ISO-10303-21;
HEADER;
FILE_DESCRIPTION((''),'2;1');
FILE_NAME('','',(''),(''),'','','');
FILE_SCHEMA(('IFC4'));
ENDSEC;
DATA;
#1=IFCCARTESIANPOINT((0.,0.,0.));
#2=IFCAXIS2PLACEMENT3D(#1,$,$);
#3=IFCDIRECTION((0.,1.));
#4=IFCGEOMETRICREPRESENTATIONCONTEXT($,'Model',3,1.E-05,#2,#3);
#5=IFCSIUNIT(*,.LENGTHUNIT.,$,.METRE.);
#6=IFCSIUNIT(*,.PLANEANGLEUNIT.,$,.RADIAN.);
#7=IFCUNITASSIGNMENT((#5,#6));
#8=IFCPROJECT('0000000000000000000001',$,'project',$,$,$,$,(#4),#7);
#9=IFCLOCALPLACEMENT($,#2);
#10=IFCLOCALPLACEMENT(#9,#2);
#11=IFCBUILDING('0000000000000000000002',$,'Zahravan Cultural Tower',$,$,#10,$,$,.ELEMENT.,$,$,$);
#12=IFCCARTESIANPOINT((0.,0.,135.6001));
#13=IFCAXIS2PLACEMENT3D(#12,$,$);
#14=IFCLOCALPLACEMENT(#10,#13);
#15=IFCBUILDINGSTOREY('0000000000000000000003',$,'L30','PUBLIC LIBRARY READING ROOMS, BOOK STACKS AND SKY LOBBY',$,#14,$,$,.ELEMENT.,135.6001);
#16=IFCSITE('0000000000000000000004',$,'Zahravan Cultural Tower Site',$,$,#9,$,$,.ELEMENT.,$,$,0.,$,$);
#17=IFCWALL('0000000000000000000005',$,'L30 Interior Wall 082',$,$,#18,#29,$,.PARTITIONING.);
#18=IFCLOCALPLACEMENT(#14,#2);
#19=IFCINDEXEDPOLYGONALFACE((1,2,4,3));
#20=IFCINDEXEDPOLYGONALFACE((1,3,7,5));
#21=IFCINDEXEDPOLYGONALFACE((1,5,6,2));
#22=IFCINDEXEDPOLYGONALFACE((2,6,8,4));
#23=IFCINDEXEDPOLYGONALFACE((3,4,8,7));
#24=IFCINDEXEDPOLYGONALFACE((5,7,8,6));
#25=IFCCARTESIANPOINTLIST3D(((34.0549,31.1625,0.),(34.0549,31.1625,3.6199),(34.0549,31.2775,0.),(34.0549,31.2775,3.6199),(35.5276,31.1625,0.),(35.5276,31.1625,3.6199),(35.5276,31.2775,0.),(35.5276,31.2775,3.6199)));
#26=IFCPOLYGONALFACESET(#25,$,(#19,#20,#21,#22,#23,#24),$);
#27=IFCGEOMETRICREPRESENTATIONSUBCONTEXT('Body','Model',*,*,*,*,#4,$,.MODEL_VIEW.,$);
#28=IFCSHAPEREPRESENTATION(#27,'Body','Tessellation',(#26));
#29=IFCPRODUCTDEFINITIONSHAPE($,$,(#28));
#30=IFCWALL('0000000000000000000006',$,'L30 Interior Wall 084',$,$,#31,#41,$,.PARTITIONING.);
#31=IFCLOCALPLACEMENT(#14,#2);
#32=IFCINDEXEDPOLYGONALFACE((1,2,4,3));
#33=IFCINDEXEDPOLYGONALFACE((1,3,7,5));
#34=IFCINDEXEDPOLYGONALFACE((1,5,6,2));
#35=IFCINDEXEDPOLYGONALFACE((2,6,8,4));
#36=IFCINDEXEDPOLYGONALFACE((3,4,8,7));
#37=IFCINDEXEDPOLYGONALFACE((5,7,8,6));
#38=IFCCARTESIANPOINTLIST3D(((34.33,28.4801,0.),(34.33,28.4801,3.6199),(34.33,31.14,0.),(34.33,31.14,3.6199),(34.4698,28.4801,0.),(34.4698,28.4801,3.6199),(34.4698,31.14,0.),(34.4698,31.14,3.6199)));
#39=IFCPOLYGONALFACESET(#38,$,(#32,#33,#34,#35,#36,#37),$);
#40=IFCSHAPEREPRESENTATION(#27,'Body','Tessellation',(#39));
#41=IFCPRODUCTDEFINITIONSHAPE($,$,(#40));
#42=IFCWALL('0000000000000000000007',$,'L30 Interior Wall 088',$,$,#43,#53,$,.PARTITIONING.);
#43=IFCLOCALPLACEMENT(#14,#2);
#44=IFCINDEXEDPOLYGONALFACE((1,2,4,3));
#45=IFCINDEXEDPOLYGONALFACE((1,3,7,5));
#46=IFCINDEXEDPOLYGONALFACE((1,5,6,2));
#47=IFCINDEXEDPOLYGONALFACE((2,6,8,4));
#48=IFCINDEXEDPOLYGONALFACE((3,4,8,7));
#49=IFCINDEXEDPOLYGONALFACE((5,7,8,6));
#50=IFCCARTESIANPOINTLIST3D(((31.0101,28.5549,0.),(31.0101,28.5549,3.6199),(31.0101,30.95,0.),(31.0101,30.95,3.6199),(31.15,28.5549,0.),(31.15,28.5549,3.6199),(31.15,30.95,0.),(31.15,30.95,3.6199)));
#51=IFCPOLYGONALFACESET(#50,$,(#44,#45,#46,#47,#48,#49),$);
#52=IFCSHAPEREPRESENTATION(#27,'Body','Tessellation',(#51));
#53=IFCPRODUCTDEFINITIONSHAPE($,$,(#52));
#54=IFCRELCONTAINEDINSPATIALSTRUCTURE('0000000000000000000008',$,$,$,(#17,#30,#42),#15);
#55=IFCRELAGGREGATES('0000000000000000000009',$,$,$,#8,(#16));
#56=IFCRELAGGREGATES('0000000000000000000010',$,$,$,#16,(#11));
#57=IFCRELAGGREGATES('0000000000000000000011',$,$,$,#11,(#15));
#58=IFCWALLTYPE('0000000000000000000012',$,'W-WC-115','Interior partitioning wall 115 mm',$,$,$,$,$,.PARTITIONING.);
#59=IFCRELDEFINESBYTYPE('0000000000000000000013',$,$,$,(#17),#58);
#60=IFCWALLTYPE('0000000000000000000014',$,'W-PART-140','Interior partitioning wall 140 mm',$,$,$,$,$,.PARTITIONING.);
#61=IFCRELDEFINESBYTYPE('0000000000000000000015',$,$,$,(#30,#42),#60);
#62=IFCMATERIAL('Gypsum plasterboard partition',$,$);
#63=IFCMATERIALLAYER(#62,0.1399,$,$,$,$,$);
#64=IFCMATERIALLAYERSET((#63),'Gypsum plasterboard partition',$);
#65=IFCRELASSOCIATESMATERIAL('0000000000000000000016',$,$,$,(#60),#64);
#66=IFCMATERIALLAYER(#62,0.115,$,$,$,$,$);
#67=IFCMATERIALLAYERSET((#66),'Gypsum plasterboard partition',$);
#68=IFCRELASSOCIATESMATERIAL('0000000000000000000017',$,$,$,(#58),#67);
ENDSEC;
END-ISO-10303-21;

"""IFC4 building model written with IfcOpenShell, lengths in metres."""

from ifc_helpers import new_model, si_unit, direction, frame, frame_2d, origin, place, context, subcontext, project, spatial, rectangle, extrude, source, transform, mapped, material, layer, layer_set, type_object, element, save


model = new_model("IFC4")

# Units and contexts
model_context = context("Model", 3, precision=1e-05, world=origin(), true_north=direction((0.0, 1.0)))
body_context = subcontext(model_context, "Body", "Model", "MODEL_VIEW")
ifc_project = project(units=[si_unit("LENGTHUNIT", "METRE"), si_unit("PLANEANGLEUNIT", "RADIAN")], contexts=[model_context])

# Site, building, storey
site_placement = place(None, origin())
site = spatial("IfcSite", under=ifc_project, at=site_placement, Name="Zahravan Cultural Tower Site", CompositionType="ELEMENT", RefElevation=0.0)
building_placement = place(site_placement, origin())
building = spatial("IfcBuilding", under=site, at=building_placement, Name="Zahravan Cultural Tower", CompositionType="ELEMENT")
storey_placement = place(building_placement, frame((0.0, 0.0, 135.6001)))
storey = spatial("IfcBuildingStorey", under=building, at=storey_placement, Name="L30", Description="PUBLIC LIBRARY READING ROOMS, BOOK STACKS AND SKY LOBBY", CompositionType="ELEMENT", Elevation=135.6001)

# Shared definitions
ifc_material_1 = material(Name="Gypsum plasterboard partition")
ifc_layer_1 = layer(ifc_material_1, 0.1399)
ifc_layer_set_1 = layer_set([ifc_layer_1], Name="Gypsum plasterboard partition")
wall_type_1 = type_object("IfcWallType", Name="W-PART-140", Description="Interior partitioning wall 140 mm", PredefinedType="PARTITIONING", material=ifc_layer_set_1)
ifc_layer_2 = layer(ifc_material_1, 0.115)
ifc_layer_set_2 = layer_set([ifc_layer_2], Name="Gypsum plasterboard partition")
wall_type_2 = type_object("IfcWallType", Name="W-WC-115", Description="Interior partitioning wall 115 mm", PredefinedType="PARTITIONING", material=ifc_layer_set_2)

# Walls
shared_shape_1 = source(origin(), body_context, "Body", "SweptSolid", [
    extrude(rectangle(XDim=1.4727, YDim=0.115, at=frame_2d((0.7363, 0.0))), origin(), (0.0, 0.0, 1.0), 3.6199),
])
wall_1_placement = place(storey_placement, frame((35.5276, 31.22, 0.0), z_axis=(0.0, 0.0, 1.0), x_axis=(-1.0, 0.0, 0.0)))
element("IfcWall", 1, at=wall_1_placement, inside=storey, type_object=wall_type_2, Name="L30 Interior Wall 082", PredefinedType="PARTITIONING", context=body_context, shape_type="MappedRepresentation", body=[
    mapped(shared_shape_1, transform((0.0, 0.0, 0.0), x_axis=(1.0, 0.0, 0.0), y_axis=(0.0, 1.0, 0.0), z_axis=(0.0, 0.0, 1.0), scale=1.0)),
])
shared_shape_2 = source(origin(), body_context, "Body", "SweptSolid", [
    extrude(rectangle(XDim=2.6599, YDim=0.1399, at=frame_2d((1.3301, 0.0))), origin(), (0.0, 0.0, 1.0), 3.6199),
])
wall_2_placement = place(storey_placement, frame((34.3999, 28.48, 0.0), z_axis=(0.0, 0.0, 1.0), x_axis=(0.0, 1.0, 0.0)))
element("IfcWall", 2, at=wall_2_placement, inside=storey, type_object=wall_type_1, Name="L30 Interior Wall 084", PredefinedType="PARTITIONING", context=body_context, shape_type="MappedRepresentation", body=[
    mapped(shared_shape_2, transform((0.0, 0.0, 0.0), x_axis=(1.0, 0.0, 0.0), y_axis=(0.0, 1.0, 0.0), z_axis=(0.0, 0.0, 1.0), scale=1.0)),
])
shared_shape_3 = source(origin(), body_context, "Body", "SweptSolid", [
    extrude(rectangle(XDim=2.395, YDim=0.1399, at=frame_2d((1.1975, 0.0))), origin(), (0.0, 0.0, 1.0), 3.6199),
])
wall_3_placement = place(storey_placement, frame((31.0801, 28.5549, 0.0), z_axis=(0.0, 0.0, 1.0), x_axis=(0.0, 1.0, 0.0)))
element("IfcWall", 3, at=wall_3_placement, inside=storey, type_object=wall_type_1, Name="L30 Interior Wall 088", PredefinedType="PARTITIONING", context=body_context, shape_type="MappedRepresentation", body=[
    mapped(shared_shape_3, transform((0.0, 0.0, 0.0), x_axis=(1.0, 0.0, 0.0), y_axis=(0.0, 1.0, 0.0), z_axis=(0.0, 0.0, 1.0), scale=1.0)),
])

save(model, "model.ifc")
